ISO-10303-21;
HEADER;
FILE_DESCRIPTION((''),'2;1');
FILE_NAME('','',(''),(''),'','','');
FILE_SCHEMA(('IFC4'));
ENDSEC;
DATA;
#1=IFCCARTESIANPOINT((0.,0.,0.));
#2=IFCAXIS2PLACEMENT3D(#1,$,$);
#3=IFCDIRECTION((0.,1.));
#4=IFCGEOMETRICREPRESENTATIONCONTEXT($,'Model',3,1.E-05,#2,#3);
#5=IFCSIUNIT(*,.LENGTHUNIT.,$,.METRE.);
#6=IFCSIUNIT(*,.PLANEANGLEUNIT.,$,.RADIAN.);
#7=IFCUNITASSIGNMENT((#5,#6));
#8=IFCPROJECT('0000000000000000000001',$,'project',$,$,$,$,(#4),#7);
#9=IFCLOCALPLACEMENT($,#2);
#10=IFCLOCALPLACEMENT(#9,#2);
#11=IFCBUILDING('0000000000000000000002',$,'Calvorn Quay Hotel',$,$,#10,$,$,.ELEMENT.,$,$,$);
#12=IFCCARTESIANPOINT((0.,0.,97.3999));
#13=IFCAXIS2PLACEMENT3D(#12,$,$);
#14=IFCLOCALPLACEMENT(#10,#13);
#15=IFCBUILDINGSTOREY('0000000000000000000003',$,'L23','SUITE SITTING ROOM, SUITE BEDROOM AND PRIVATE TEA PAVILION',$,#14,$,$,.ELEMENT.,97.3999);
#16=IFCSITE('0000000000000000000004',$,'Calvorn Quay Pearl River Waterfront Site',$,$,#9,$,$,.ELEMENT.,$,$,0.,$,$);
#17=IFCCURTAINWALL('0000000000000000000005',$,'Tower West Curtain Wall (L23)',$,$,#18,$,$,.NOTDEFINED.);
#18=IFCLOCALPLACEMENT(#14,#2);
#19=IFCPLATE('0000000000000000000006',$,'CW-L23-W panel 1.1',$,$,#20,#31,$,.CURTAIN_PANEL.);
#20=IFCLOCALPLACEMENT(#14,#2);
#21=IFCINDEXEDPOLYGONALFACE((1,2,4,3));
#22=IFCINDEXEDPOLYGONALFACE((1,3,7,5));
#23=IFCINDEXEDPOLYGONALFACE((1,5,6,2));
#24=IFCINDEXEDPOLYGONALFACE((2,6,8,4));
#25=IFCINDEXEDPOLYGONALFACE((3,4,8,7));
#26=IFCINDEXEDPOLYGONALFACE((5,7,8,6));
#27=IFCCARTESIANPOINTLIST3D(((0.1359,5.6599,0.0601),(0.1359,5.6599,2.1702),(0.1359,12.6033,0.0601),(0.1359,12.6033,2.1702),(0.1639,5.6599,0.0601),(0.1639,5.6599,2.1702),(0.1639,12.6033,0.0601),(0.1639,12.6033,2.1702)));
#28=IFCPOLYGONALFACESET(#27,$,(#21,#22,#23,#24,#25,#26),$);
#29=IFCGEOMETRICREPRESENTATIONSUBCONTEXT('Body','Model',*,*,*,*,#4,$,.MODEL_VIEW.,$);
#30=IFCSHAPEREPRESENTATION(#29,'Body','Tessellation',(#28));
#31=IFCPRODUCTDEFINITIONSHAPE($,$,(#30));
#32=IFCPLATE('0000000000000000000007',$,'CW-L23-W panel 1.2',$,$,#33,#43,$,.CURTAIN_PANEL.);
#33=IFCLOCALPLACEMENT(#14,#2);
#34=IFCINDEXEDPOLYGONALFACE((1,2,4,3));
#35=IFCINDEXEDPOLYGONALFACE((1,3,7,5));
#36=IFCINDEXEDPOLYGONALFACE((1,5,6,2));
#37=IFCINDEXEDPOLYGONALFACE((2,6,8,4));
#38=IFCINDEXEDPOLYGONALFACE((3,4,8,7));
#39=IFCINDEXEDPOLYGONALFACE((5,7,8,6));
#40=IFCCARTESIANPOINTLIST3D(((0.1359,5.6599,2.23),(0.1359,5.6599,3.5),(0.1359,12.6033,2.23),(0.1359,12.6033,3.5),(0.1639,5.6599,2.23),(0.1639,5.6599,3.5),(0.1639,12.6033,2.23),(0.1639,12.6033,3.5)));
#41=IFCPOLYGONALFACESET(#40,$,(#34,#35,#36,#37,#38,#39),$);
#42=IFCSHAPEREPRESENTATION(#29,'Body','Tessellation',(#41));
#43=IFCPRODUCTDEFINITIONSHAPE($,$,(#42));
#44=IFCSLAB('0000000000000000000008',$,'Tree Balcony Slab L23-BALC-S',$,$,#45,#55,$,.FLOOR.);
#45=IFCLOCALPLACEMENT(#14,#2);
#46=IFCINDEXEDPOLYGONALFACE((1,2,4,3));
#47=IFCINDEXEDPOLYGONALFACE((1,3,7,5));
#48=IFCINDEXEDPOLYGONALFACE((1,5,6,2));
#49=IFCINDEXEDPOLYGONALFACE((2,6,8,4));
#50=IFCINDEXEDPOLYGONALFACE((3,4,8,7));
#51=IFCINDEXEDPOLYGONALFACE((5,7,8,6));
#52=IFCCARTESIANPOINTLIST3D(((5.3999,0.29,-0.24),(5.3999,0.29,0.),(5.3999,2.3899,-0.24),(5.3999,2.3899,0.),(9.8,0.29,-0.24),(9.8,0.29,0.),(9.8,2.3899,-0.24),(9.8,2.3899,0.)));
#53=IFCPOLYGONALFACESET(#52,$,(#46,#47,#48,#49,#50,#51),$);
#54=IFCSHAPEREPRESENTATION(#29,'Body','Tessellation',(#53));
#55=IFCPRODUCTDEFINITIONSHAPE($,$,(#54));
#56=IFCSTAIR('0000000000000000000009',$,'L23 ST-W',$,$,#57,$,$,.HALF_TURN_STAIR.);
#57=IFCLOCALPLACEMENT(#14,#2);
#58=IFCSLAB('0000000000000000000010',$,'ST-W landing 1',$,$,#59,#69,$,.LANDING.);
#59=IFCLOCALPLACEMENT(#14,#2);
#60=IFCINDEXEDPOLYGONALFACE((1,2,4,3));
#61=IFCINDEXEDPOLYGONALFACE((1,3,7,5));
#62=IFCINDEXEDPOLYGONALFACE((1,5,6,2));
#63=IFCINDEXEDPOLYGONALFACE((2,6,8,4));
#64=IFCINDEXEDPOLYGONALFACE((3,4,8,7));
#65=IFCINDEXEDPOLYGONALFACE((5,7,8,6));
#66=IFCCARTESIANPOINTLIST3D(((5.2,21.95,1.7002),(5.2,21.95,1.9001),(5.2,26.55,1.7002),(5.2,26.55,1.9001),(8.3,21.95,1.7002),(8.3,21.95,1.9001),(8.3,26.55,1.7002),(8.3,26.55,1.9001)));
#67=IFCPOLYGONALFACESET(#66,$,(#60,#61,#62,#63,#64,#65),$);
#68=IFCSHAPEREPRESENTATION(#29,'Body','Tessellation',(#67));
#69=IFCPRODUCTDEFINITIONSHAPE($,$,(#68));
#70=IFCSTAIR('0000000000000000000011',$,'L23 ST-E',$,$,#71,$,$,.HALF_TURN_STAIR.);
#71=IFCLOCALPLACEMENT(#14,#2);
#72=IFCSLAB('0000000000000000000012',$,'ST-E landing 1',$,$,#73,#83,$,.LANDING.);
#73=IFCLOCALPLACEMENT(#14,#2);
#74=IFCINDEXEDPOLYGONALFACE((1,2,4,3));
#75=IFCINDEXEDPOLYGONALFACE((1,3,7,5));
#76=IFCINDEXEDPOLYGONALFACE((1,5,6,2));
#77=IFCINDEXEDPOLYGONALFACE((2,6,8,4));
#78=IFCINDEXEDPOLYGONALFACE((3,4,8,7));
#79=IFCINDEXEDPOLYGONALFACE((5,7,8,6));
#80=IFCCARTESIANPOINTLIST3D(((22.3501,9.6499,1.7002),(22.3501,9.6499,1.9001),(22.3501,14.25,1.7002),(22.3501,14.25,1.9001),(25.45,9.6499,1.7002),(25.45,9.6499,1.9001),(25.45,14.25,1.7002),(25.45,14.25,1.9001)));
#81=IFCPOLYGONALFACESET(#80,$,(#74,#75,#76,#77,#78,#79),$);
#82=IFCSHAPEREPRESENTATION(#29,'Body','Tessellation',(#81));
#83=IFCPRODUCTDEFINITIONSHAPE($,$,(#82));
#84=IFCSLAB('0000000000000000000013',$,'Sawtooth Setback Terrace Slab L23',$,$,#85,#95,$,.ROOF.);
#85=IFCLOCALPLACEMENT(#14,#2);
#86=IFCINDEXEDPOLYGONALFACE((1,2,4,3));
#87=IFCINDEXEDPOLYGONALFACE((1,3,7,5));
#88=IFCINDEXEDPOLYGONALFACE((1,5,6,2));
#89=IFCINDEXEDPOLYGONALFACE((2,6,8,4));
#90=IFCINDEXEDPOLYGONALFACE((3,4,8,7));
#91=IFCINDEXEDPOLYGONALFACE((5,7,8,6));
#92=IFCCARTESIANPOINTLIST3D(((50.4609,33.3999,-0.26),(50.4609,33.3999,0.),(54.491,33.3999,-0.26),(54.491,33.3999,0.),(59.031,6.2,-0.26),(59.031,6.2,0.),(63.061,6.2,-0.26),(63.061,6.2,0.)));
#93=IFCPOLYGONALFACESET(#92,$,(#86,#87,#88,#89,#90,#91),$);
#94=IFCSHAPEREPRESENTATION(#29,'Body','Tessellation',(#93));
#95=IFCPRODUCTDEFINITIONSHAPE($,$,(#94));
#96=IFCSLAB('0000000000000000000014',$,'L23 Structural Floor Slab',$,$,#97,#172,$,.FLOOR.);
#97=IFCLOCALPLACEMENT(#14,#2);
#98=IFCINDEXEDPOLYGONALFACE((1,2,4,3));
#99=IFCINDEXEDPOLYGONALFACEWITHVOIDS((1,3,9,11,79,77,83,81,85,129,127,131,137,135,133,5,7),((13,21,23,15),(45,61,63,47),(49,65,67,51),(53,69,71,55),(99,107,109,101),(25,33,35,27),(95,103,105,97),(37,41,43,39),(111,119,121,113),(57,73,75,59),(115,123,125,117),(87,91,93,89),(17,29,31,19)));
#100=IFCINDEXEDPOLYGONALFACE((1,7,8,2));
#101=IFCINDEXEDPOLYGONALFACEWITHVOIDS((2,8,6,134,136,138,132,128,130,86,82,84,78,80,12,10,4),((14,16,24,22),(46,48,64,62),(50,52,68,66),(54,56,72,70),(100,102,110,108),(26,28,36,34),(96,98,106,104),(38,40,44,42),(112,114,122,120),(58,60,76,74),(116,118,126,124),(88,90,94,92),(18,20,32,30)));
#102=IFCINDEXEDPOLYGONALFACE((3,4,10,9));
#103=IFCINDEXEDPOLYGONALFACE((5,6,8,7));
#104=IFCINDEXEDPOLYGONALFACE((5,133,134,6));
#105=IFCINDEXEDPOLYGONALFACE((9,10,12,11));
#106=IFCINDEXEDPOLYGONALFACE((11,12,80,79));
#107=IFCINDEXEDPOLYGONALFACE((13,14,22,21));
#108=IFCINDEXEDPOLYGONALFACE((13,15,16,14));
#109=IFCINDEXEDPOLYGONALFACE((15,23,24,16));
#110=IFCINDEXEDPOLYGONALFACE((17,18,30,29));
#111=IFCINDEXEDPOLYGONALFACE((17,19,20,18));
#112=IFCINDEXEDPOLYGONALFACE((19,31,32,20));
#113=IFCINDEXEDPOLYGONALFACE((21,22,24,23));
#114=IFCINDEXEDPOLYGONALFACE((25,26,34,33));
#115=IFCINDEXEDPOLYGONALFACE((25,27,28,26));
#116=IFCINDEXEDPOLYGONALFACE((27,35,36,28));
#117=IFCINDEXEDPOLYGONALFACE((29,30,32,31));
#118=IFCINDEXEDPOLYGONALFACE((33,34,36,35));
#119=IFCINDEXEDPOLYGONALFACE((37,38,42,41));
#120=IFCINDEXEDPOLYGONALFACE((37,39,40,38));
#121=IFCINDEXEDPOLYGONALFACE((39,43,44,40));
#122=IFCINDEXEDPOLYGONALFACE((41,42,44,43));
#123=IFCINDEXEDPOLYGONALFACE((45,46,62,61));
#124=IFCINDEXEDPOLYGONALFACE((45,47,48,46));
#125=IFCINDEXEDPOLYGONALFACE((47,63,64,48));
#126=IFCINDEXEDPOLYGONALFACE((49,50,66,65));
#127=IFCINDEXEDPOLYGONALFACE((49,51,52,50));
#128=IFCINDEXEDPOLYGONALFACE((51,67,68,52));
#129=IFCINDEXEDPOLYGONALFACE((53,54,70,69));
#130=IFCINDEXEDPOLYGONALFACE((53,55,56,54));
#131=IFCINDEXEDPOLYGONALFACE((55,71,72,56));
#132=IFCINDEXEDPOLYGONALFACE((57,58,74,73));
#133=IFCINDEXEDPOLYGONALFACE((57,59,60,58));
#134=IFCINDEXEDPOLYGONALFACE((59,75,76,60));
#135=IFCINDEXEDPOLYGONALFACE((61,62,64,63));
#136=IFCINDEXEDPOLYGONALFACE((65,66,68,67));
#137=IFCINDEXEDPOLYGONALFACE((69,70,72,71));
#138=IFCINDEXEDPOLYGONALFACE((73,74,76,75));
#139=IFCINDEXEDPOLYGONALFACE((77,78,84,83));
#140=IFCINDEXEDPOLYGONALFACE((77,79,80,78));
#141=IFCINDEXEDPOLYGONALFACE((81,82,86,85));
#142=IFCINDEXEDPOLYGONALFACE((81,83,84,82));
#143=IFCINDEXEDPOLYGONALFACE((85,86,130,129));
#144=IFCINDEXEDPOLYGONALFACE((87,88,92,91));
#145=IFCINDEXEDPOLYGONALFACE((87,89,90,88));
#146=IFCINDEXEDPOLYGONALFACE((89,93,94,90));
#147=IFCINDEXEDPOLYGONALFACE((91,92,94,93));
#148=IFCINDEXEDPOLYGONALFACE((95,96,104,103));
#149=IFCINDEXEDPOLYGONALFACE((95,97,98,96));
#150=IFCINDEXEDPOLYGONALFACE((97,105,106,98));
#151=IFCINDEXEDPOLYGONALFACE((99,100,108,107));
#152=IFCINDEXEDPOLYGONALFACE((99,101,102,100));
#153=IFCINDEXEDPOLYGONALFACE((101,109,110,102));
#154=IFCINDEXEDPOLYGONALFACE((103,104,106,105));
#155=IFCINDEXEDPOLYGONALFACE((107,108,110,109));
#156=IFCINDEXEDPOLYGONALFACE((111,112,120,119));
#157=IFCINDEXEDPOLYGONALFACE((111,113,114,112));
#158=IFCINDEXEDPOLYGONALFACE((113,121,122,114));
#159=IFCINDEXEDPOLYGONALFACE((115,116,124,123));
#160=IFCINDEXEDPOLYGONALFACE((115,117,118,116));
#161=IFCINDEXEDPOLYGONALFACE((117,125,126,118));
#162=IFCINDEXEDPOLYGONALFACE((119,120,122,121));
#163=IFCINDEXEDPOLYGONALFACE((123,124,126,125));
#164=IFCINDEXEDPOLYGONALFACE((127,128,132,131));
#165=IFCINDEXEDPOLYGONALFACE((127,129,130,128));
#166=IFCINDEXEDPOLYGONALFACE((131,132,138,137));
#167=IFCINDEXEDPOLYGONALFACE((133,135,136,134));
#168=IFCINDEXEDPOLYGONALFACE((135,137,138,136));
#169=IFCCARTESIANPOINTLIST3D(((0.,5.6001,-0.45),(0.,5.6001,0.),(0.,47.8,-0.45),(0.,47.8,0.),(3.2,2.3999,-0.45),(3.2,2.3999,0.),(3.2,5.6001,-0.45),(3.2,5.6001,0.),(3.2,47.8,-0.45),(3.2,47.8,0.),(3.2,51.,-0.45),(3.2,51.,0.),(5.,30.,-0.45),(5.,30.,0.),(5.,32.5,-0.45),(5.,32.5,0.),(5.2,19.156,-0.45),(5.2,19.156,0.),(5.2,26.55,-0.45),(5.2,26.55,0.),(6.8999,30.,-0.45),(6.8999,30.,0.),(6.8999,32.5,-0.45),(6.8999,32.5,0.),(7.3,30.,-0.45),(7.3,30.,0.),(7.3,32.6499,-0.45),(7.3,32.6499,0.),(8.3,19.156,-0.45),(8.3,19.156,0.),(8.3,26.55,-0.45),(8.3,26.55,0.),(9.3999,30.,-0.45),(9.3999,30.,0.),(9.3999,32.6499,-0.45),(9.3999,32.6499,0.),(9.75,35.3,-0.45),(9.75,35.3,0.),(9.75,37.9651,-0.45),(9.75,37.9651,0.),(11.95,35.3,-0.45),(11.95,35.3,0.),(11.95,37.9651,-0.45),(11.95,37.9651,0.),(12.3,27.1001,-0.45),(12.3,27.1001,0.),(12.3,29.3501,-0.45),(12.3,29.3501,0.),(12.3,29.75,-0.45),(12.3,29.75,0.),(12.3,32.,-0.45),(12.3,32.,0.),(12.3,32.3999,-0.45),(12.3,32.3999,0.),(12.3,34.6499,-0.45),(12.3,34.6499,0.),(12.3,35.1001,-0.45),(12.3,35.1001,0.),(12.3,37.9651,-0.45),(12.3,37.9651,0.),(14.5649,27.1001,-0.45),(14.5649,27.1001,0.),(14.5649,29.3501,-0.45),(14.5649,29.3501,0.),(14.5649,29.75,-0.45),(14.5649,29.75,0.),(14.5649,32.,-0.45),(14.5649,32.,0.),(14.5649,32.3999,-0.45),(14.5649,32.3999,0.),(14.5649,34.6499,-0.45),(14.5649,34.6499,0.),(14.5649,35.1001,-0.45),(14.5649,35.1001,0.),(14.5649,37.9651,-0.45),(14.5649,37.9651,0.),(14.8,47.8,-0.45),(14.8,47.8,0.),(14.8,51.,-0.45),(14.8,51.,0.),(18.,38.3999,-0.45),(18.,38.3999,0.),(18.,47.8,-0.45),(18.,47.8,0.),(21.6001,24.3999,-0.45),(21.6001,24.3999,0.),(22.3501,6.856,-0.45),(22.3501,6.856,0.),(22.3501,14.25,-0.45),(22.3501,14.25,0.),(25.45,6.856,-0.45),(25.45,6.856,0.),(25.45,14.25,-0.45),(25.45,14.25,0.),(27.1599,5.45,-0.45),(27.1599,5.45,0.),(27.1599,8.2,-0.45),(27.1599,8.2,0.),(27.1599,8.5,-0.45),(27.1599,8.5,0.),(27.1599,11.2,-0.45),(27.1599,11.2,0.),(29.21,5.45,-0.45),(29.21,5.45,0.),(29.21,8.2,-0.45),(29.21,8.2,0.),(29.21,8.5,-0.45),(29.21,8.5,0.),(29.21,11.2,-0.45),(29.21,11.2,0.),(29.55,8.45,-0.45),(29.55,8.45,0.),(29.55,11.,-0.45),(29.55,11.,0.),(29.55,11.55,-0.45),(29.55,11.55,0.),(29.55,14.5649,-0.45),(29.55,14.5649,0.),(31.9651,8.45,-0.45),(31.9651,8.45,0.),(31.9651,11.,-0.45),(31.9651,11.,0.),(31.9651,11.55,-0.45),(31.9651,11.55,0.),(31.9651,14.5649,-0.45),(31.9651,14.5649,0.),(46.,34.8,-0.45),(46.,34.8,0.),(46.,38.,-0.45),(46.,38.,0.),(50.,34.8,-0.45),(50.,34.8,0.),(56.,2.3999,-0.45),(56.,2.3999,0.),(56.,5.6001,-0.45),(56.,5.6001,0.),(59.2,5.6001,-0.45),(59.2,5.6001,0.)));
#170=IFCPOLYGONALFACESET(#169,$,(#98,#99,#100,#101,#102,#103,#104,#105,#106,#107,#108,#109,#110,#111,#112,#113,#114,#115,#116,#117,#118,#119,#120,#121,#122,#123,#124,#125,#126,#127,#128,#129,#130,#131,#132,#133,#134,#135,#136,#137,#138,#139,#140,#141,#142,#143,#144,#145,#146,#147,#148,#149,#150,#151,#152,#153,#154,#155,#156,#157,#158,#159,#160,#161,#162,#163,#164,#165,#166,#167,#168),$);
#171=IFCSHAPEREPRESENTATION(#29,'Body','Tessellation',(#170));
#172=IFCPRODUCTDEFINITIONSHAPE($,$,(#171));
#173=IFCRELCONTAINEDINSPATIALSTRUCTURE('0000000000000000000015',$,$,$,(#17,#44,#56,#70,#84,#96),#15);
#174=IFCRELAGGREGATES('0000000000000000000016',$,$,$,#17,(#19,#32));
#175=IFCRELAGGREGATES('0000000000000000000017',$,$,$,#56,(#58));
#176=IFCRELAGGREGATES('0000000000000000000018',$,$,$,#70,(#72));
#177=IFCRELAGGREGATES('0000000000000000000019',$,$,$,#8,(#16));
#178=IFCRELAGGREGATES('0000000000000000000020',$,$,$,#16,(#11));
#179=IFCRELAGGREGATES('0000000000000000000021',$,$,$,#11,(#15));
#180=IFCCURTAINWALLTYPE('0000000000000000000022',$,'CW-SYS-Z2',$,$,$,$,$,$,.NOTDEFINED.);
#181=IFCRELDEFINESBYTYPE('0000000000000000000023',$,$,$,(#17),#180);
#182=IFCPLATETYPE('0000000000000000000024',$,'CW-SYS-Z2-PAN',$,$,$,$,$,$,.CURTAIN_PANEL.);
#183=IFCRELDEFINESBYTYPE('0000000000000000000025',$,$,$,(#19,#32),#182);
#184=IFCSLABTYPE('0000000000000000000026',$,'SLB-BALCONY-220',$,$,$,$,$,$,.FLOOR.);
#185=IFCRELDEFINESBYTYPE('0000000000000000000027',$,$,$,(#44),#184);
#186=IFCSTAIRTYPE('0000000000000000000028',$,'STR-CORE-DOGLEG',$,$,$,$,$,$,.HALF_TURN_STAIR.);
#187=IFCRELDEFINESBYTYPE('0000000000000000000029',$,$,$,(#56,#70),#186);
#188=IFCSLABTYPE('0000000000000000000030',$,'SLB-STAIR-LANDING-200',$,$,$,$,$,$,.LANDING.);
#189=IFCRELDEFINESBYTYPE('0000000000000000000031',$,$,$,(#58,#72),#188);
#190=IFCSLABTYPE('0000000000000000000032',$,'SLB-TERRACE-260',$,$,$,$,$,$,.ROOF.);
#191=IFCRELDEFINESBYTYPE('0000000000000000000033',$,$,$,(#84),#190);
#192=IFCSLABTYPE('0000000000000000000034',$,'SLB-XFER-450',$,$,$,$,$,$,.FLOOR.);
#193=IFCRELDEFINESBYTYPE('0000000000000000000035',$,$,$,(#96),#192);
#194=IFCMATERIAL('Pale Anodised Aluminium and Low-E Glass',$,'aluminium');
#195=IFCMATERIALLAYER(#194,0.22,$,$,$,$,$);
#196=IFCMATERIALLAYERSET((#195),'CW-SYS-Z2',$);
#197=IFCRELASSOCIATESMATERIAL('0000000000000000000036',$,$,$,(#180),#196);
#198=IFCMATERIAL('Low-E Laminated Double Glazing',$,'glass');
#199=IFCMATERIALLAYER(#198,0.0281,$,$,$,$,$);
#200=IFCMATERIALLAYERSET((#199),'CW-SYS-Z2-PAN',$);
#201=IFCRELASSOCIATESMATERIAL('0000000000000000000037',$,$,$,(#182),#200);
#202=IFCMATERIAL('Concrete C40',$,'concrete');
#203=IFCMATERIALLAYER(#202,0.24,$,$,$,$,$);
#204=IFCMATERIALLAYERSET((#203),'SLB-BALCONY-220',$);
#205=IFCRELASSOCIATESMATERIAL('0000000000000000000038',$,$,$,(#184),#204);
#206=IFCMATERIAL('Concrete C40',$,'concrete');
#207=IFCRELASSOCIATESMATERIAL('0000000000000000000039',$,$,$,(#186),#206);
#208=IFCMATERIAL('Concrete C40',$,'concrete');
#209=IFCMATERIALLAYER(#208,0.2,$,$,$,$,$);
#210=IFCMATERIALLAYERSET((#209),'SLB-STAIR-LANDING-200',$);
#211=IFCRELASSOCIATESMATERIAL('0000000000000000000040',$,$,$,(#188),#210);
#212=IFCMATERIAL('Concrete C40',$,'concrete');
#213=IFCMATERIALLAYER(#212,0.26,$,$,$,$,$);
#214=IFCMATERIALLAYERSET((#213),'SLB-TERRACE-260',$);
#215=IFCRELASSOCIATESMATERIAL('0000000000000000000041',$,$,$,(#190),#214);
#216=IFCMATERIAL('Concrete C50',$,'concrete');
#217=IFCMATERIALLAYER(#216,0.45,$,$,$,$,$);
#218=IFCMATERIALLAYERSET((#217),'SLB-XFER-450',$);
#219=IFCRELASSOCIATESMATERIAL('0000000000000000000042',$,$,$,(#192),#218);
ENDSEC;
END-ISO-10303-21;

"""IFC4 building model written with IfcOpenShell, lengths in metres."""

from ifc_helpers import new_model, si_unit, direction, frame, origin, origin_2d, place, context, subcontext, project, spatial, polyline, rectangle, outline, extrude, material, layer, layer_set, type_object, element, aggregate, save


model = new_model("IFC4")

# Units and contexts
model_context = context("Model", 3, precision=1e-05, world=origin(), true_north=direction((0.0, 1.0)))
body_context = subcontext(model_context, "Body", "Model", "MODEL_VIEW")
ifc_project = project(units=[si_unit("LENGTHUNIT", "METRE"), si_unit("PLANEANGLEUNIT", "RADIAN")], contexts=[model_context])

# Site, building, storey
site_placement = place(None, origin())
site = spatial("IfcSite", under=ifc_project, at=site_placement, Name="Calvorn Quay Pearl River Waterfront Site", CompositionType="ELEMENT", RefElevation=0.0)
building_placement = place(site_placement, origin())
building = spatial("IfcBuilding", under=site, at=building_placement, Name="Calvorn Quay Hotel", CompositionType="ELEMENT")
storey_placement = place(building_placement, frame((0.0, 0.0, 97.3999)))
storey = spatial("IfcBuildingStorey", under=building, at=storey_placement, Name="L23", Description="SUITE SITTING ROOM, SUITE BEDROOM AND PRIVATE TEA PAVILION", CompositionType="ELEMENT", Elevation=97.3999)

# Curtain wall, plates
ifc_material_1 = material(Name="Pale Anodised Aluminium and Low-E Glass", Category="aluminium")
ifc_layer_1 = layer(ifc_material_1, 0.22)
ifc_layer_set_1 = layer_set([ifc_layer_1], Name="CW-SYS-Z2")
curtain_wall_type = type_object("IfcCurtainWallType", Name="CW-SYS-Z2", PredefinedType="NOTDEFINED", material=ifc_layer_set_1)
curtain_wall_placement = place(storey_placement, origin())
curtain_wall = element("IfcCurtainWall", 1, at=curtain_wall_placement, inside=storey, type_object=curtain_wall_type, Name="Tower West Curtain Wall (L23)", PredefinedType="NOTDEFINED")
ifc_material_2 = material(Name="Low-E Laminated Double Glazing", Category="glass")
ifc_layer_2 = layer(ifc_material_2, 0.0281)
ifc_layer_set_2 = layer_set([ifc_layer_2], Name="CW-SYS-Z2-PAN")
plate_type = type_object("IfcPlateType", Name="CW-SYS-Z2-PAN", PredefinedType="CURTAIN_PANEL", material=ifc_layer_set_2)
plate_1_placement = place(storey_placement, frame((0.1499, 9.1316, 0.0601), z_axis=(0.0, 0.0, 1.0), x_axis=(0.0, 1.0, 0.0)))
plate_1 = element("IfcPlate", 2, at=plate_1_placement, type_object=plate_type, Name="CW-L23-W panel 1.1", PredefinedType="CURTAIN_PANEL", context=body_context, shape_type="SweptSolid", body=[
    extrude(rectangle(XDim=6.9434, YDim=0.0281, at=origin_2d()), origin(), (0.0, 0.0, 1.0), 2.1101),
])
plate_2_placement = place(storey_placement, frame((0.1499, 9.1316, 2.23), z_axis=(0.0, 0.0, 1.0), x_axis=(0.0, 1.0, 0.0)))
plate_2 = element("IfcPlate", 3, at=plate_2_placement, type_object=plate_type, Name="CW-L23-W panel 1.2", PredefinedType="CURTAIN_PANEL", context=body_context, shape_type="SweptSolid", body=[
    extrude(rectangle(XDim=6.9434, YDim=0.0281, at=origin_2d()), origin(), (0.0, 0.0, 1.0), 1.27),
])
aggregate(curtain_wall, [plate_1, plate_2])

# Slab
ifc_material_3 = material(Name="Concrete C40", Category="concrete")
ifc_layer_3 = layer(ifc_material_3, 0.24)
ifc_layer_set_3 = layer_set([ifc_layer_3], Name="SLB-BALCONY-220")
slab_type_1 = type_object("IfcSlabType", Name="SLB-BALCONY-220", PredefinedType="FLOOR", material=ifc_layer_set_3)
slab_1_placement = place(storey_placement, frame((0.0, 0.0, -0.24)))
element("IfcSlab", 4, at=slab_1_placement, inside=storey, type_object=slab_type_1, Name="Tree Balcony Slab L23-BALC-S", PredefinedType="FLOOR", context=body_context, shape_type="SweptSolid", body=[
    extrude(outline(polyline([(5.3999, 0.29), (9.8, 0.29), (9.8, 2.3899), (5.3999, 2.3899), (5.3999, 0.29)])), origin(), (0.0, 0.0, 1.0), 0.24),
])

# Stairs, slabs
ifc_material_4 = material(Name="Concrete C40", Category="concrete")
stair_type = type_object("IfcStairType", Name="STR-CORE-DOGLEG", PredefinedType="HALF_TURN_STAIR", material=ifc_material_4)
stair_1_placement = place(storey_placement, origin())
stair_1 = element("IfcStair", 5, at=stair_1_placement, inside=storey, type_object=stair_type, Name="L23 ST-W", PredefinedType="HALF_TURN_STAIR")
ifc_material_5 = material(Name="Concrete C40", Category="concrete")
ifc_layer_4 = layer(ifc_material_5, 0.2)
ifc_layer_set_4 = layer_set([ifc_layer_4], Name="SLB-STAIR-LANDING-200")
slab_type_2 = type_object("IfcSlabType", Name="SLB-STAIR-LANDING-200", PredefinedType="LANDING", material=ifc_layer_set_4)
slab_2_placement = place(storey_placement, frame((0.0, 0.0, 1.7002)))
slab_2 = element("IfcSlab", 6, at=slab_2_placement, type_object=slab_type_2, Name="ST-W landing 1", PredefinedType="LANDING", context=body_context, shape_type="SweptSolid", body=[
    extrude(outline(polyline([(8.3, 21.95), (8.3, 26.55), (5.2, 26.55), (5.2, 21.95), (8.3, 21.95)])), origin(), (0.0, 0.0, 1.0), 0.2),
])
aggregate(stair_1, [slab_2])
stair_2_placement = place(storey_placement, origin())
stair_2 = element("IfcStair", 7, at=stair_2_placement, inside=storey, type_object=stair_type, Name="L23 ST-E", PredefinedType="HALF_TURN_STAIR")
slab_3_placement = place(storey_placement, frame((0.0, 0.0, 1.7002)))
slab_3 = element("IfcSlab", 8, at=slab_3_placement, type_object=slab_type_2, Name="ST-E landing 1", PredefinedType="LANDING", context=body_context, shape_type="SweptSolid", body=[
    extrude(outline(polyline([(25.45, 9.6499), (25.45, 14.25), (22.3501, 14.25), (22.3501, 9.6499), (25.45, 9.6499)])), origin(), (0.0, 0.0, 1.0), 0.2),
])
aggregate(stair_2, [slab_3])

# Slabs
ifc_material_6 = material(Name="Concrete C40", Category="concrete")
ifc_layer_5 = layer(ifc_material_6, 0.26)
ifc_layer_set_5 = layer_set([ifc_layer_5], Name="SLB-TERRACE-260")
slab_type_3 = type_object("IfcSlabType", Name="SLB-TERRACE-260", PredefinedType="ROOF", material=ifc_layer_set_5)
slab_4_placement = place(storey_placement, frame((0.0, 0.0, -0.26)))
element("IfcSlab", 9, at=slab_4_placement, inside=storey, type_object=slab_type_3, Name="Sawtooth Setback Terrace Slab L23", PredefinedType="ROOF", context=body_context, shape_type="SweptSolid", body=[
    extrude(outline(polyline([(59.031, 6.2), (63.061, 6.2), (54.491, 33.3999), (50.4609, 33.3999), (59.031, 6.2)])), origin(), (0.0, 0.0, 1.0), 0.26),
])
ifc_material_7 = material(Name="Concrete C50", Category="concrete")
ifc_layer_6 = layer(ifc_material_7, 0.45)
ifc_layer_set_6 = layer_set([ifc_layer_6], Name="SLB-XFER-450")
slab_type_4 = type_object("IfcSlabType", Name="SLB-XFER-450", PredefinedType="FLOOR", material=ifc_layer_set_6)
slab_5_placement = place(storey_placement, frame((0.0, 0.0, -0.45)))
element("IfcSlab", 10, at=slab_5_placement, inside=storey, type_object=slab_type_4, Name="L23 Structural Floor Slab", PredefinedType="FLOOR", context=body_context, shape_type="SweptSolid", body=[
    extrude(outline(polyline([(0.0, 5.6001), (3.2, 5.6001), (3.2, 2.3999), (56.0, 2.3999), (56.0, 5.6001), (59.2, 5.6001), (50.0, 34.8), (46.0, 34.8), (46.0, 38.0), (21.6001, 24.3999), (18.0, 38.3999), (18.0, 47.8), (14.8, 47.8), (14.8, 51.0), (3.2, 51.0), (3.2, 47.8), (0.0, 47.8), (0.0, 5.6001)]), holes=[polyline([(5.2, 19.156), (8.3, 19.156), (8.3, 26.55), (5.2, 26.55), (5.2, 19.156)]), polyline([(22.3501, 6.856), (25.45, 6.856), (25.45, 14.25), (22.3501, 14.25), (22.3501, 6.856)]), polyline([(5.0, 30.0), (6.8999, 30.0), (6.8999, 32.5), (5.0, 32.5), (5.0, 30.0)]), polyline([(7.3, 30.0), (9.3999, 30.0), (9.3999, 32.6499), (7.3, 32.6499), (7.3, 30.0)]), polyline([(27.1599, 8.5), (29.21, 8.5), (29.21, 11.2), (27.1599, 11.2), (27.1599, 8.5)]), polyline([(27.1599, 5.45), (29.21, 5.45), (29.21, 8.2), (27.1599, 8.2), (27.1599, 5.45)]), polyline([(12.3, 27.1001), (14.5649, 27.1001), (14.5649, 29.3501), (12.3, 29.3501), (12.3, 27.1001)]), polyline([(12.3, 29.75), (14.5649, 29.75), (14.5649, 32.0), (12.3, 32.0), (12.3, 29.75)]), polyline([(12.3, 32.3999), (14.5649, 32.3999), (14.5649, 34.6499), (12.3, 34.6499), (12.3, 32.3999)]), polyline([(12.3, 35.1001), (14.5649, 35.1001), (14.5649, 37.9651), (12.3, 37.9651), (12.3, 35.1001)]), polyline([(9.75, 35.3), (11.95, 35.3), (11.95, 37.9651), (9.75, 37.9651), (9.75, 35.3)]), polyline([(29.55, 11.55), (31.9651, 11.55), (31.9651, 14.5649), (29.55, 14.5649), (29.55, 11.55)]), polyline([(29.55, 8.45), (31.9651, 8.45), (31.9651, 11.0), (29.55, 11.0), (29.55, 8.45)])]), origin(), (0.0, 0.0, 1.0), 0.45),
])

save(model, "model.ifc")
